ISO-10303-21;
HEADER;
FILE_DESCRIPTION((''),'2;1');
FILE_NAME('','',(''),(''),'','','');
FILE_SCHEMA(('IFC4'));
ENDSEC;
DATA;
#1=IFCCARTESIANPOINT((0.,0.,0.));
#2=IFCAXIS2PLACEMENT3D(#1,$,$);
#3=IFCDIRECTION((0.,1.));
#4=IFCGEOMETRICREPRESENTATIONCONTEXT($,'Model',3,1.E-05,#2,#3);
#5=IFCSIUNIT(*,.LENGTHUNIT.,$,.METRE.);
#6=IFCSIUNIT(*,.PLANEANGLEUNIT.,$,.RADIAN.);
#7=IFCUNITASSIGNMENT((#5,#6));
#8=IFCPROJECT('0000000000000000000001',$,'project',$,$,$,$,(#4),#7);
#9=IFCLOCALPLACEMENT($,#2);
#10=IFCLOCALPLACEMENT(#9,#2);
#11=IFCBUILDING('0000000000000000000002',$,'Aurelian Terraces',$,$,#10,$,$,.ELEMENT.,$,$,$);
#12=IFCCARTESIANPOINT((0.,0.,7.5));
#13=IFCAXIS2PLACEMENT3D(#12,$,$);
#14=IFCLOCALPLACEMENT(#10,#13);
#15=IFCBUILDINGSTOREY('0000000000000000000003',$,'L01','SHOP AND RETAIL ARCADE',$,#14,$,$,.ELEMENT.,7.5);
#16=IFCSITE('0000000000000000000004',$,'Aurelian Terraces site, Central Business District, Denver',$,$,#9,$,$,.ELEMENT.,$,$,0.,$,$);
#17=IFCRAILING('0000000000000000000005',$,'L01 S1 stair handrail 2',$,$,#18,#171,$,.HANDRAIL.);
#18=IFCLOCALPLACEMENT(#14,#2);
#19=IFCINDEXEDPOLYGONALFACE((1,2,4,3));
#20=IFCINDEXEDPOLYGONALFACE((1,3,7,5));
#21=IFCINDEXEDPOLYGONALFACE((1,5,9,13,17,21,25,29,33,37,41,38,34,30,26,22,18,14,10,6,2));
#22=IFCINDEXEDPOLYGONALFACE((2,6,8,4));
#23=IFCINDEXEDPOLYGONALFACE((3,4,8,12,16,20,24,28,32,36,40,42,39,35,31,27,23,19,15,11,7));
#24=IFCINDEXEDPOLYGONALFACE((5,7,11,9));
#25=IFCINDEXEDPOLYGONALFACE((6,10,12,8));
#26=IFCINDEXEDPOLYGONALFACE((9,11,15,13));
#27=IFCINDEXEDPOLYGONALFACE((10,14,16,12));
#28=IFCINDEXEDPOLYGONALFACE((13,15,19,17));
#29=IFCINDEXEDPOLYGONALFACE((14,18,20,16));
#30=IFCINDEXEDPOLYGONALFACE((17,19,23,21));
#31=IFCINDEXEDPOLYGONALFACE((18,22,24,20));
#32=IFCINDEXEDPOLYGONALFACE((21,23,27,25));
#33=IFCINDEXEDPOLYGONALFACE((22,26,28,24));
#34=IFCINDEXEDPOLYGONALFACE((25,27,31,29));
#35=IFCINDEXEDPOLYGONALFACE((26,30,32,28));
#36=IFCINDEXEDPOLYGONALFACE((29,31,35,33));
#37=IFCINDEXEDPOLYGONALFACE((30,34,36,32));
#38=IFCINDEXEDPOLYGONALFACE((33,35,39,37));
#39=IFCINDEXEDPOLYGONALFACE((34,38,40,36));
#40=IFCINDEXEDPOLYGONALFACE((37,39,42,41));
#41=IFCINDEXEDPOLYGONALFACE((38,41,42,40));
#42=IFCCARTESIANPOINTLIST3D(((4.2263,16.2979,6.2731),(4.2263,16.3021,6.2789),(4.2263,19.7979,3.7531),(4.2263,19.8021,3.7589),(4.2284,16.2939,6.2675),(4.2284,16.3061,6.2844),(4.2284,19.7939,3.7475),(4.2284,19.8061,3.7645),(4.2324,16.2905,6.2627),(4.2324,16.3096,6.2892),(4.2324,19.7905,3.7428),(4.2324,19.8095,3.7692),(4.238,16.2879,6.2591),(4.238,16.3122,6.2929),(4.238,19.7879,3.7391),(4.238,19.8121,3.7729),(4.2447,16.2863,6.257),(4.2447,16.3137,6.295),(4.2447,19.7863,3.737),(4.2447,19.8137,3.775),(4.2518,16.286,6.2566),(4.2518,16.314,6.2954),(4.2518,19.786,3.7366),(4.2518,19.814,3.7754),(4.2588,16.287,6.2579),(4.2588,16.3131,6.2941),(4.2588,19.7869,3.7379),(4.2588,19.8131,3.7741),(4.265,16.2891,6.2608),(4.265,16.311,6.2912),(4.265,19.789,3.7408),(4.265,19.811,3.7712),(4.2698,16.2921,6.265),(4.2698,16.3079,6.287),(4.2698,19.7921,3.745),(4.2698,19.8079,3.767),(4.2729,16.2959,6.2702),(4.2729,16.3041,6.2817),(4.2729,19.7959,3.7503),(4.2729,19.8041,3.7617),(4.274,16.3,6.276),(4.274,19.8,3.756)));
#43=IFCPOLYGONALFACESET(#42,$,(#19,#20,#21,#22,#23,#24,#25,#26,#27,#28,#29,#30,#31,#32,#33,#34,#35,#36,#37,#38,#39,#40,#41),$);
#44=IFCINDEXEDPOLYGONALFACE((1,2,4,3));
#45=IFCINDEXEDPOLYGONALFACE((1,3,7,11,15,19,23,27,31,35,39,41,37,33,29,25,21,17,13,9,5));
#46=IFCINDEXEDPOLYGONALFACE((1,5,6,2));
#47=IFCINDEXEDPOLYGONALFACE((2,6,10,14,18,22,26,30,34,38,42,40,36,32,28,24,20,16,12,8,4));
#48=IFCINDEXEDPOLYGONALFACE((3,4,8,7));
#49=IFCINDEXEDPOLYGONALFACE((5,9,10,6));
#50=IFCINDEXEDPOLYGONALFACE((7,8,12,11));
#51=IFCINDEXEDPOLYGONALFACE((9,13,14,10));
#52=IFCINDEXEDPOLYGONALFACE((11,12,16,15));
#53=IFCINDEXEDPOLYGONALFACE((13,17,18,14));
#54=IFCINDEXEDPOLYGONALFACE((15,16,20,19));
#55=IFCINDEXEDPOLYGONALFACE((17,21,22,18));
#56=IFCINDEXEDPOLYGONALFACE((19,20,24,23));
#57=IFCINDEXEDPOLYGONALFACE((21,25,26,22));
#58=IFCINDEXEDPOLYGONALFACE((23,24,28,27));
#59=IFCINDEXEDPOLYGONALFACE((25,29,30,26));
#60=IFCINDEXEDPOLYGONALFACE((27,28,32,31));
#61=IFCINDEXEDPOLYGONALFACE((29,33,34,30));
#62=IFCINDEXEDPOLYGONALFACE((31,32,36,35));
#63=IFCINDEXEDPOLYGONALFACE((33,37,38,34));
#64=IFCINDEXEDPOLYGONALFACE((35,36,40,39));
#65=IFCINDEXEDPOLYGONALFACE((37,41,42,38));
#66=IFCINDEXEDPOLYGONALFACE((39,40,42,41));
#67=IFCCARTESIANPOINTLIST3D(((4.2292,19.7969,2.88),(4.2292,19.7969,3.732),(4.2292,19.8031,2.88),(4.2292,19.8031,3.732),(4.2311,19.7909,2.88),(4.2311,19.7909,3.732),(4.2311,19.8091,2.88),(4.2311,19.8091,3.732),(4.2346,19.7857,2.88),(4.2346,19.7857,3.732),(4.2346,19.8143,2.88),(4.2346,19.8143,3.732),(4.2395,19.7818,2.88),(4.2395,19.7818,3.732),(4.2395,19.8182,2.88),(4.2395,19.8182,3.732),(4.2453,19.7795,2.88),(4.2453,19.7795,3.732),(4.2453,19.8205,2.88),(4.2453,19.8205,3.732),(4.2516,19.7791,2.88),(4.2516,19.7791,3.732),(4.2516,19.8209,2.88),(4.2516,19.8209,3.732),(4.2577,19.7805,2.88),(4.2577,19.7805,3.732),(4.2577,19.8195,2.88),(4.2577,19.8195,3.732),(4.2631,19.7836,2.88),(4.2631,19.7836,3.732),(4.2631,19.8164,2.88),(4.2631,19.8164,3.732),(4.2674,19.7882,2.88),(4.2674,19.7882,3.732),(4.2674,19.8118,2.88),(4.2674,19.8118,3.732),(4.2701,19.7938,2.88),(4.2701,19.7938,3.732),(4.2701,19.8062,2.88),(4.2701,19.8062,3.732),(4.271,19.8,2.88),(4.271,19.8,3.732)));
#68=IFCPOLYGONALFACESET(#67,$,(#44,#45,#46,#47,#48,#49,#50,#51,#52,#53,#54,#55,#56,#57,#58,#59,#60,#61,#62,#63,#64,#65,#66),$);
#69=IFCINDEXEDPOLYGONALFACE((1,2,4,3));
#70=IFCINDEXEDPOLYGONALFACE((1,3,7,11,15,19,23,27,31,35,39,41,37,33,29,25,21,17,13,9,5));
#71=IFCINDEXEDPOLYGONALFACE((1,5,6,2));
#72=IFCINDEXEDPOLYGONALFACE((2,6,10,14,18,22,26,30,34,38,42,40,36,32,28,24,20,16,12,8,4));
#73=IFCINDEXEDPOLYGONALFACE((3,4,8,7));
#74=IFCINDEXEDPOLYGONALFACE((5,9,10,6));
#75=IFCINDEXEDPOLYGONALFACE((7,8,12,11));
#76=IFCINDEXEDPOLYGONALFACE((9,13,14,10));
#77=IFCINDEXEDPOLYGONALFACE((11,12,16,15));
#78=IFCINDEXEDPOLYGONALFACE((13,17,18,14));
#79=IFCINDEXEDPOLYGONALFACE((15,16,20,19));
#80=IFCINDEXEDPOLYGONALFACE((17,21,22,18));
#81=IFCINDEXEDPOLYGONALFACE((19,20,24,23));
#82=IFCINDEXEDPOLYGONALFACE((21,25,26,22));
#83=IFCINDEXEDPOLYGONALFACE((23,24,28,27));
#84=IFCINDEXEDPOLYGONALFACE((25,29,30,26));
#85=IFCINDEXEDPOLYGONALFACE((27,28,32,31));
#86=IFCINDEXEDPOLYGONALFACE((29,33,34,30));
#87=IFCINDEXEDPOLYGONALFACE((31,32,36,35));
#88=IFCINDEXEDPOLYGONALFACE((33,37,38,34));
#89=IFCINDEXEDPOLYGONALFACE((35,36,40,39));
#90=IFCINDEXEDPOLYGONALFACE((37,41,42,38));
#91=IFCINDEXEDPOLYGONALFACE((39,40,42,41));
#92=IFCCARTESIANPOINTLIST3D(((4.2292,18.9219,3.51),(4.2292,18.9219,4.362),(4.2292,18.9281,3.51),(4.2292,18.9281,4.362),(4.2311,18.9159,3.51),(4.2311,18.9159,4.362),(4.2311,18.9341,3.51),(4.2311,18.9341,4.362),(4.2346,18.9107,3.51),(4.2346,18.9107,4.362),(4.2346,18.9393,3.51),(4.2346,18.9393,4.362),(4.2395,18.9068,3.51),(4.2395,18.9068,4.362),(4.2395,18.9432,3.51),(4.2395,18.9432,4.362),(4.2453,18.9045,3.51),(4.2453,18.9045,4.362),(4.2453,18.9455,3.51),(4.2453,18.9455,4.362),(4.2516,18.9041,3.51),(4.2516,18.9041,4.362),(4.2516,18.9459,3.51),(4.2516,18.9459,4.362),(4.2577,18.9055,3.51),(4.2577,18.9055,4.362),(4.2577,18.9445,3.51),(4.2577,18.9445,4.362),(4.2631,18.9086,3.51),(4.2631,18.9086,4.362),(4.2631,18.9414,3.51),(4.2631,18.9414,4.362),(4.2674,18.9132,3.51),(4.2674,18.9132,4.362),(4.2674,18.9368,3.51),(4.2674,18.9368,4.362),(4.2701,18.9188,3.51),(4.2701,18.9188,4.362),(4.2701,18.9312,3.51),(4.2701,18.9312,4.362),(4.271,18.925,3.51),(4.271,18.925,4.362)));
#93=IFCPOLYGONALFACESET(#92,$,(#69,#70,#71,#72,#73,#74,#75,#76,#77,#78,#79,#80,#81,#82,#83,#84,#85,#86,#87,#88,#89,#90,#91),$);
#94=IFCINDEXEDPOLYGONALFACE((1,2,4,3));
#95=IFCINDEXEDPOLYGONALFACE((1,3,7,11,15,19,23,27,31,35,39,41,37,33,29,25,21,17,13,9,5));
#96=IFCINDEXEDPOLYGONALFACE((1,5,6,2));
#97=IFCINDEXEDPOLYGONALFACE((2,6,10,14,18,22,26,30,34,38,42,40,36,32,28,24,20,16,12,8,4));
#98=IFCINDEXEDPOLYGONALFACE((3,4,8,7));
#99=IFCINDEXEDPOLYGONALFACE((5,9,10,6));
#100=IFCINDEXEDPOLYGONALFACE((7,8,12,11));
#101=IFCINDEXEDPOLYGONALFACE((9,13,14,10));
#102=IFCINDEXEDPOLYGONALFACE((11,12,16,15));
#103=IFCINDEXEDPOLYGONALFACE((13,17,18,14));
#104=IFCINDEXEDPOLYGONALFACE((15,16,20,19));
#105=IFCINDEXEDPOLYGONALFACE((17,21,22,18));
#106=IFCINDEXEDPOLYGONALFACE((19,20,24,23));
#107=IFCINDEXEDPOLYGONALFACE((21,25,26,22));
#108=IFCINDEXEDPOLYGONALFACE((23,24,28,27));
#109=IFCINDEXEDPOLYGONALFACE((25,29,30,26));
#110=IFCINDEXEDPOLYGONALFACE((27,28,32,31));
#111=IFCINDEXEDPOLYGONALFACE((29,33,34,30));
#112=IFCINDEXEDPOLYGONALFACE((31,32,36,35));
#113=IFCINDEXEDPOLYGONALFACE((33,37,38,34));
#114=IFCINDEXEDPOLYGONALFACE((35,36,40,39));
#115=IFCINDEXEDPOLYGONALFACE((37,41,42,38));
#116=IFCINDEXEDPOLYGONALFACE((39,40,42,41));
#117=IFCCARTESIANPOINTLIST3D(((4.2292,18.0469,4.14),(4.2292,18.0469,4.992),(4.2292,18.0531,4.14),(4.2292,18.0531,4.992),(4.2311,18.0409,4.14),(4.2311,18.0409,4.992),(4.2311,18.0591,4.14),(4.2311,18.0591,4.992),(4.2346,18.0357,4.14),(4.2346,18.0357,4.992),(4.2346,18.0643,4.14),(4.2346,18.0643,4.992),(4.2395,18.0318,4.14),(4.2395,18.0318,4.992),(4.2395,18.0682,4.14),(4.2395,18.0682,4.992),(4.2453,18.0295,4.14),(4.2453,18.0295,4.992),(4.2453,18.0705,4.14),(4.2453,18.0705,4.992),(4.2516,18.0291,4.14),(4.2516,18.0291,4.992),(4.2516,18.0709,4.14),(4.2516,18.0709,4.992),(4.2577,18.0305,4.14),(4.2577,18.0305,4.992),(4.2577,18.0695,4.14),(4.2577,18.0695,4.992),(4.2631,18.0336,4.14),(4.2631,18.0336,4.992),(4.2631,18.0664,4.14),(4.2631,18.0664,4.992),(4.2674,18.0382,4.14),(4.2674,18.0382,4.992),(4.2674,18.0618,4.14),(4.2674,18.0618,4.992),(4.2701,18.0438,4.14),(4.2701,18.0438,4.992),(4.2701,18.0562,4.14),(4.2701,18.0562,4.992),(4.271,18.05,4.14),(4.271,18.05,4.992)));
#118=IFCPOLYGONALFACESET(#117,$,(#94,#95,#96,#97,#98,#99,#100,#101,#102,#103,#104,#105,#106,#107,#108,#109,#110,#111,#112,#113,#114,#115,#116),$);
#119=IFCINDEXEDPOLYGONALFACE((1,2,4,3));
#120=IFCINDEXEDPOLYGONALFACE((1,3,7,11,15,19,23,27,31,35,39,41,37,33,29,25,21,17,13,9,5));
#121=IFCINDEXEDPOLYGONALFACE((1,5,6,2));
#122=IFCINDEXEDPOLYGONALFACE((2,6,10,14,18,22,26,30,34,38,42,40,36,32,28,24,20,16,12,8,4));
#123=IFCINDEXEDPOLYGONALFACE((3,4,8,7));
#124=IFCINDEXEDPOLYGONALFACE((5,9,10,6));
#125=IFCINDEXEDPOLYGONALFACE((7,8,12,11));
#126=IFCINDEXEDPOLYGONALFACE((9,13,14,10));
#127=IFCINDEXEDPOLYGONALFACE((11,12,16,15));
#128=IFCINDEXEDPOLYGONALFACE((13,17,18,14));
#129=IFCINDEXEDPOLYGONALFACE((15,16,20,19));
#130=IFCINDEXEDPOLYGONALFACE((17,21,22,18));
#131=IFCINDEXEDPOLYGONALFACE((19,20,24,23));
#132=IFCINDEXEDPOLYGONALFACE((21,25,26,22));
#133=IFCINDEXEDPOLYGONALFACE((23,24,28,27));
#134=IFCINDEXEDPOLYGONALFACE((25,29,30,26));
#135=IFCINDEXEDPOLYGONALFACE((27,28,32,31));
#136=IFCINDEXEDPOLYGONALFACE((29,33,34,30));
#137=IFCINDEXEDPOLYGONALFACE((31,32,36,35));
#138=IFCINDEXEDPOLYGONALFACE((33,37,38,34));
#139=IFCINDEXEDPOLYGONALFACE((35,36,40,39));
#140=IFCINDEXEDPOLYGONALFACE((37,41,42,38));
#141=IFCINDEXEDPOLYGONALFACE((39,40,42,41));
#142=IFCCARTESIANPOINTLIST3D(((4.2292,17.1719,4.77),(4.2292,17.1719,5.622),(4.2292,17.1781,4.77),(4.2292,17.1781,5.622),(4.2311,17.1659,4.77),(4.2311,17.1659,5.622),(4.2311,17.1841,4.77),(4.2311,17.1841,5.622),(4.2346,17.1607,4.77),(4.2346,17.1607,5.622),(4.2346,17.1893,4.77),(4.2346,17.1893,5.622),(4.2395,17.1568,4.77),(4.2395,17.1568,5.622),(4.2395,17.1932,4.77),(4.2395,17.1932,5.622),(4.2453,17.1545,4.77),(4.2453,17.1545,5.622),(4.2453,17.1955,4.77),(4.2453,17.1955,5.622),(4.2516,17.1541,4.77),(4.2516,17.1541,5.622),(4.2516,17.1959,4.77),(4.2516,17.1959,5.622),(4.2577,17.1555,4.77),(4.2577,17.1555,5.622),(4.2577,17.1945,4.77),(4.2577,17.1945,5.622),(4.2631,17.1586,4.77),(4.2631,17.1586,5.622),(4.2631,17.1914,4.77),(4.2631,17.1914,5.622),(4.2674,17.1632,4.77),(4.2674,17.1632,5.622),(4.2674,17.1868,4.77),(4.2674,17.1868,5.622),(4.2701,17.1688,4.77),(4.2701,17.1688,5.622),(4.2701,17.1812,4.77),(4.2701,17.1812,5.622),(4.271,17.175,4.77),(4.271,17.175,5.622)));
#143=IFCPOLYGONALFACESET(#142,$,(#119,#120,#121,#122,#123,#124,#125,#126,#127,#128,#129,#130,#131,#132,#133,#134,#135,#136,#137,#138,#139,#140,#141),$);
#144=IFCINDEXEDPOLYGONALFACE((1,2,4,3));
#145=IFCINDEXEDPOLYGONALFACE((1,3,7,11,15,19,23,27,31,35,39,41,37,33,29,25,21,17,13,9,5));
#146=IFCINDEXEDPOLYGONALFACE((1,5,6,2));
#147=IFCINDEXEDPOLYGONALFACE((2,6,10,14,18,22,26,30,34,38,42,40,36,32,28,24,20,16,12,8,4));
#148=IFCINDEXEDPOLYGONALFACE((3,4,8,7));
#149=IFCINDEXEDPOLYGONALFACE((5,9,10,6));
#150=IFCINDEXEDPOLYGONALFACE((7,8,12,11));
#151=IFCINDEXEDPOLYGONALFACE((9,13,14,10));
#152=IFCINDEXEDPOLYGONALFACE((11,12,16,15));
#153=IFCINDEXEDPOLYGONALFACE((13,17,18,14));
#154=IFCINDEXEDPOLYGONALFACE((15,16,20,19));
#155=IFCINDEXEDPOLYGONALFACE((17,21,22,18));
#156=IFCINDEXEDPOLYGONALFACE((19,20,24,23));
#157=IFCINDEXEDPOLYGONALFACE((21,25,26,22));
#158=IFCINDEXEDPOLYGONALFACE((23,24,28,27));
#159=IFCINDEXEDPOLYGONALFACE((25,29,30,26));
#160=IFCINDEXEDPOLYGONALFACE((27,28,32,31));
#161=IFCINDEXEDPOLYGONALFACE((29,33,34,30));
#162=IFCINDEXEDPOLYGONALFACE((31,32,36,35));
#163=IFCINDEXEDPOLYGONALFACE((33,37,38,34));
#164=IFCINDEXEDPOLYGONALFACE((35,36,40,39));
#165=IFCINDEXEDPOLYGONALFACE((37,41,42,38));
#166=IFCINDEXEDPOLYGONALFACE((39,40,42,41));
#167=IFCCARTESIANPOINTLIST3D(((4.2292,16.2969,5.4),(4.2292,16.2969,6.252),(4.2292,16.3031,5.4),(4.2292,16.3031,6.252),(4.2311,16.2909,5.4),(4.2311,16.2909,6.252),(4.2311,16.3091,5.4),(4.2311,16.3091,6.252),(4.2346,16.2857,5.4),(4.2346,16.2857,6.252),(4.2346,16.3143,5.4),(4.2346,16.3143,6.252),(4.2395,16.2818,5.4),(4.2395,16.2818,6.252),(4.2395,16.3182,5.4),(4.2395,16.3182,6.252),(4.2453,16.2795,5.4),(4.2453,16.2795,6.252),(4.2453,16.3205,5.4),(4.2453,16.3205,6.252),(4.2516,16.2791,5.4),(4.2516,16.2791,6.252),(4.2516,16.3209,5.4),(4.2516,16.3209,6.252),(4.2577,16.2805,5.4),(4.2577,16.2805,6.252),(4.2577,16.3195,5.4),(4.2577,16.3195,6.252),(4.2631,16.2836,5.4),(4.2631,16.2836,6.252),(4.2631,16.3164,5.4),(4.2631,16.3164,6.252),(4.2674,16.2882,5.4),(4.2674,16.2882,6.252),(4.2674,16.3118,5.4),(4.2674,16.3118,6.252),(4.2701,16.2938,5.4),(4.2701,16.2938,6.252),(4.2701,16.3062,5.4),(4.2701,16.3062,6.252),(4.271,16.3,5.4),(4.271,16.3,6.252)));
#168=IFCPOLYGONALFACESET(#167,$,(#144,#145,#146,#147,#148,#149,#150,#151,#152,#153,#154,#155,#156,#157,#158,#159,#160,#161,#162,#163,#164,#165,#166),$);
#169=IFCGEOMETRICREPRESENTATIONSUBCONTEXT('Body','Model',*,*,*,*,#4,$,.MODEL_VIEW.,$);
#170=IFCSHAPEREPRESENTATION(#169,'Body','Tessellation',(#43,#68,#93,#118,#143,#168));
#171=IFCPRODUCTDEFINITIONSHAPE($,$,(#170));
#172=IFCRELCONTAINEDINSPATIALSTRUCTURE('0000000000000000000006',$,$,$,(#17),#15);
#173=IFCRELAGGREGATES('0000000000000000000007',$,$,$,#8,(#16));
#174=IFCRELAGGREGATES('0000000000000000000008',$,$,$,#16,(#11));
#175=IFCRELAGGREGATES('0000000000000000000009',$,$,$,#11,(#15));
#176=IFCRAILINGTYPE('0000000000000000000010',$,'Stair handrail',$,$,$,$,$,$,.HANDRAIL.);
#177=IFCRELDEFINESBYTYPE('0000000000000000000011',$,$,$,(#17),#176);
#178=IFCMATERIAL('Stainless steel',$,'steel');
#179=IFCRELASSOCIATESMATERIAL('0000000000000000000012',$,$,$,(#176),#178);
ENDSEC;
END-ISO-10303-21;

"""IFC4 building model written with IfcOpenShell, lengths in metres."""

from ifc_helpers import new_model, si_unit, direction, frame, origin, origin_2d, place, context, subcontext, project, spatial, circle, extrude, material, type_object, element, save


model = new_model("IFC4")

# Units and contexts
model_context = context("Model", 3, precision=1e-05, world=origin(), true_north=direction((0.0, 1.0)))
body_context = subcontext(model_context, "Body", "Model", "MODEL_VIEW")
ifc_project = project(units=[si_unit("LENGTHUNIT", "METRE"), si_unit("PLANEANGLEUNIT", "RADIAN")], contexts=[model_context])

# Site, building, storey
site_placement = place(None, origin())
site = spatial("IfcSite", under=ifc_project, at=site_placement, Name="Aurelian Terraces site, Central Business District, Denver", CompositionType="ELEMENT", RefElevation=0.0)
building_placement = place(site_placement, origin())
building = spatial("IfcBuilding", under=site, at=building_placement, Name="Aurelian Terraces", CompositionType="ELEMENT")
storey_placement = place(building_placement, frame((0.0, 0.0, 7.5)))
storey = spatial("IfcBuildingStorey", under=building, at=storey_placement, Name="L01", Description="SHOP AND RETAIL ARCADE", CompositionType="ELEMENT", Elevation=7.5)

# Shared definitions
ifc_material_1 = material(Name="Stainless steel", Category="steel")

# Railing
railing_type_1 = type_object("IfcRailingType", Name="Stair handrail", PredefinedType="HANDRAIL", material=ifc_material_1)
railing_1_placement = place(storey_placement, frame((4.25, 19.8, 2.88)))
element("IfcRailing", 1, at=railing_1_placement, inside=storey, type_object=railing_type_1, Name="L01 S1 stair handrail 2", PredefinedType="HANDRAIL", context=body_context, shape_type="SweptSolid", body=[
    extrude(circle(Radius=0.024, at=origin_2d()), frame((0.0, 0.0, 0.876), z_axis=(0.0, -0.811534, 0.584305), x_axis=(1.0, 0.0, 0.0)), (0.0, 0.0, 1.0), 4.3128),
    extrude(circle(Radius=0.021, at=origin_2d()), origin(), (0.0, 0.0, 1.0), 0.852),
    extrude(circle(Radius=0.021, at=origin_2d()), frame((0.0, -0.875, 0.63)), (0.0, 0.0, 1.0), 0.852),
    extrude(circle(Radius=0.021, at=origin_2d()), frame((0.0, -1.75, 1.26)), (0.0, 0.0, 1.0), 0.852),
    extrude(circle(Radius=0.021, at=origin_2d()), frame((0.0, -2.625, 1.89)), (0.0, 0.0, 1.0), 0.852),
    extrude(circle(Radius=0.021, at=origin_2d()), frame((0.0, -3.5, 2.52)), (0.0, 0.0, 1.0), 0.852),
])

save(model, "model.ifc")
